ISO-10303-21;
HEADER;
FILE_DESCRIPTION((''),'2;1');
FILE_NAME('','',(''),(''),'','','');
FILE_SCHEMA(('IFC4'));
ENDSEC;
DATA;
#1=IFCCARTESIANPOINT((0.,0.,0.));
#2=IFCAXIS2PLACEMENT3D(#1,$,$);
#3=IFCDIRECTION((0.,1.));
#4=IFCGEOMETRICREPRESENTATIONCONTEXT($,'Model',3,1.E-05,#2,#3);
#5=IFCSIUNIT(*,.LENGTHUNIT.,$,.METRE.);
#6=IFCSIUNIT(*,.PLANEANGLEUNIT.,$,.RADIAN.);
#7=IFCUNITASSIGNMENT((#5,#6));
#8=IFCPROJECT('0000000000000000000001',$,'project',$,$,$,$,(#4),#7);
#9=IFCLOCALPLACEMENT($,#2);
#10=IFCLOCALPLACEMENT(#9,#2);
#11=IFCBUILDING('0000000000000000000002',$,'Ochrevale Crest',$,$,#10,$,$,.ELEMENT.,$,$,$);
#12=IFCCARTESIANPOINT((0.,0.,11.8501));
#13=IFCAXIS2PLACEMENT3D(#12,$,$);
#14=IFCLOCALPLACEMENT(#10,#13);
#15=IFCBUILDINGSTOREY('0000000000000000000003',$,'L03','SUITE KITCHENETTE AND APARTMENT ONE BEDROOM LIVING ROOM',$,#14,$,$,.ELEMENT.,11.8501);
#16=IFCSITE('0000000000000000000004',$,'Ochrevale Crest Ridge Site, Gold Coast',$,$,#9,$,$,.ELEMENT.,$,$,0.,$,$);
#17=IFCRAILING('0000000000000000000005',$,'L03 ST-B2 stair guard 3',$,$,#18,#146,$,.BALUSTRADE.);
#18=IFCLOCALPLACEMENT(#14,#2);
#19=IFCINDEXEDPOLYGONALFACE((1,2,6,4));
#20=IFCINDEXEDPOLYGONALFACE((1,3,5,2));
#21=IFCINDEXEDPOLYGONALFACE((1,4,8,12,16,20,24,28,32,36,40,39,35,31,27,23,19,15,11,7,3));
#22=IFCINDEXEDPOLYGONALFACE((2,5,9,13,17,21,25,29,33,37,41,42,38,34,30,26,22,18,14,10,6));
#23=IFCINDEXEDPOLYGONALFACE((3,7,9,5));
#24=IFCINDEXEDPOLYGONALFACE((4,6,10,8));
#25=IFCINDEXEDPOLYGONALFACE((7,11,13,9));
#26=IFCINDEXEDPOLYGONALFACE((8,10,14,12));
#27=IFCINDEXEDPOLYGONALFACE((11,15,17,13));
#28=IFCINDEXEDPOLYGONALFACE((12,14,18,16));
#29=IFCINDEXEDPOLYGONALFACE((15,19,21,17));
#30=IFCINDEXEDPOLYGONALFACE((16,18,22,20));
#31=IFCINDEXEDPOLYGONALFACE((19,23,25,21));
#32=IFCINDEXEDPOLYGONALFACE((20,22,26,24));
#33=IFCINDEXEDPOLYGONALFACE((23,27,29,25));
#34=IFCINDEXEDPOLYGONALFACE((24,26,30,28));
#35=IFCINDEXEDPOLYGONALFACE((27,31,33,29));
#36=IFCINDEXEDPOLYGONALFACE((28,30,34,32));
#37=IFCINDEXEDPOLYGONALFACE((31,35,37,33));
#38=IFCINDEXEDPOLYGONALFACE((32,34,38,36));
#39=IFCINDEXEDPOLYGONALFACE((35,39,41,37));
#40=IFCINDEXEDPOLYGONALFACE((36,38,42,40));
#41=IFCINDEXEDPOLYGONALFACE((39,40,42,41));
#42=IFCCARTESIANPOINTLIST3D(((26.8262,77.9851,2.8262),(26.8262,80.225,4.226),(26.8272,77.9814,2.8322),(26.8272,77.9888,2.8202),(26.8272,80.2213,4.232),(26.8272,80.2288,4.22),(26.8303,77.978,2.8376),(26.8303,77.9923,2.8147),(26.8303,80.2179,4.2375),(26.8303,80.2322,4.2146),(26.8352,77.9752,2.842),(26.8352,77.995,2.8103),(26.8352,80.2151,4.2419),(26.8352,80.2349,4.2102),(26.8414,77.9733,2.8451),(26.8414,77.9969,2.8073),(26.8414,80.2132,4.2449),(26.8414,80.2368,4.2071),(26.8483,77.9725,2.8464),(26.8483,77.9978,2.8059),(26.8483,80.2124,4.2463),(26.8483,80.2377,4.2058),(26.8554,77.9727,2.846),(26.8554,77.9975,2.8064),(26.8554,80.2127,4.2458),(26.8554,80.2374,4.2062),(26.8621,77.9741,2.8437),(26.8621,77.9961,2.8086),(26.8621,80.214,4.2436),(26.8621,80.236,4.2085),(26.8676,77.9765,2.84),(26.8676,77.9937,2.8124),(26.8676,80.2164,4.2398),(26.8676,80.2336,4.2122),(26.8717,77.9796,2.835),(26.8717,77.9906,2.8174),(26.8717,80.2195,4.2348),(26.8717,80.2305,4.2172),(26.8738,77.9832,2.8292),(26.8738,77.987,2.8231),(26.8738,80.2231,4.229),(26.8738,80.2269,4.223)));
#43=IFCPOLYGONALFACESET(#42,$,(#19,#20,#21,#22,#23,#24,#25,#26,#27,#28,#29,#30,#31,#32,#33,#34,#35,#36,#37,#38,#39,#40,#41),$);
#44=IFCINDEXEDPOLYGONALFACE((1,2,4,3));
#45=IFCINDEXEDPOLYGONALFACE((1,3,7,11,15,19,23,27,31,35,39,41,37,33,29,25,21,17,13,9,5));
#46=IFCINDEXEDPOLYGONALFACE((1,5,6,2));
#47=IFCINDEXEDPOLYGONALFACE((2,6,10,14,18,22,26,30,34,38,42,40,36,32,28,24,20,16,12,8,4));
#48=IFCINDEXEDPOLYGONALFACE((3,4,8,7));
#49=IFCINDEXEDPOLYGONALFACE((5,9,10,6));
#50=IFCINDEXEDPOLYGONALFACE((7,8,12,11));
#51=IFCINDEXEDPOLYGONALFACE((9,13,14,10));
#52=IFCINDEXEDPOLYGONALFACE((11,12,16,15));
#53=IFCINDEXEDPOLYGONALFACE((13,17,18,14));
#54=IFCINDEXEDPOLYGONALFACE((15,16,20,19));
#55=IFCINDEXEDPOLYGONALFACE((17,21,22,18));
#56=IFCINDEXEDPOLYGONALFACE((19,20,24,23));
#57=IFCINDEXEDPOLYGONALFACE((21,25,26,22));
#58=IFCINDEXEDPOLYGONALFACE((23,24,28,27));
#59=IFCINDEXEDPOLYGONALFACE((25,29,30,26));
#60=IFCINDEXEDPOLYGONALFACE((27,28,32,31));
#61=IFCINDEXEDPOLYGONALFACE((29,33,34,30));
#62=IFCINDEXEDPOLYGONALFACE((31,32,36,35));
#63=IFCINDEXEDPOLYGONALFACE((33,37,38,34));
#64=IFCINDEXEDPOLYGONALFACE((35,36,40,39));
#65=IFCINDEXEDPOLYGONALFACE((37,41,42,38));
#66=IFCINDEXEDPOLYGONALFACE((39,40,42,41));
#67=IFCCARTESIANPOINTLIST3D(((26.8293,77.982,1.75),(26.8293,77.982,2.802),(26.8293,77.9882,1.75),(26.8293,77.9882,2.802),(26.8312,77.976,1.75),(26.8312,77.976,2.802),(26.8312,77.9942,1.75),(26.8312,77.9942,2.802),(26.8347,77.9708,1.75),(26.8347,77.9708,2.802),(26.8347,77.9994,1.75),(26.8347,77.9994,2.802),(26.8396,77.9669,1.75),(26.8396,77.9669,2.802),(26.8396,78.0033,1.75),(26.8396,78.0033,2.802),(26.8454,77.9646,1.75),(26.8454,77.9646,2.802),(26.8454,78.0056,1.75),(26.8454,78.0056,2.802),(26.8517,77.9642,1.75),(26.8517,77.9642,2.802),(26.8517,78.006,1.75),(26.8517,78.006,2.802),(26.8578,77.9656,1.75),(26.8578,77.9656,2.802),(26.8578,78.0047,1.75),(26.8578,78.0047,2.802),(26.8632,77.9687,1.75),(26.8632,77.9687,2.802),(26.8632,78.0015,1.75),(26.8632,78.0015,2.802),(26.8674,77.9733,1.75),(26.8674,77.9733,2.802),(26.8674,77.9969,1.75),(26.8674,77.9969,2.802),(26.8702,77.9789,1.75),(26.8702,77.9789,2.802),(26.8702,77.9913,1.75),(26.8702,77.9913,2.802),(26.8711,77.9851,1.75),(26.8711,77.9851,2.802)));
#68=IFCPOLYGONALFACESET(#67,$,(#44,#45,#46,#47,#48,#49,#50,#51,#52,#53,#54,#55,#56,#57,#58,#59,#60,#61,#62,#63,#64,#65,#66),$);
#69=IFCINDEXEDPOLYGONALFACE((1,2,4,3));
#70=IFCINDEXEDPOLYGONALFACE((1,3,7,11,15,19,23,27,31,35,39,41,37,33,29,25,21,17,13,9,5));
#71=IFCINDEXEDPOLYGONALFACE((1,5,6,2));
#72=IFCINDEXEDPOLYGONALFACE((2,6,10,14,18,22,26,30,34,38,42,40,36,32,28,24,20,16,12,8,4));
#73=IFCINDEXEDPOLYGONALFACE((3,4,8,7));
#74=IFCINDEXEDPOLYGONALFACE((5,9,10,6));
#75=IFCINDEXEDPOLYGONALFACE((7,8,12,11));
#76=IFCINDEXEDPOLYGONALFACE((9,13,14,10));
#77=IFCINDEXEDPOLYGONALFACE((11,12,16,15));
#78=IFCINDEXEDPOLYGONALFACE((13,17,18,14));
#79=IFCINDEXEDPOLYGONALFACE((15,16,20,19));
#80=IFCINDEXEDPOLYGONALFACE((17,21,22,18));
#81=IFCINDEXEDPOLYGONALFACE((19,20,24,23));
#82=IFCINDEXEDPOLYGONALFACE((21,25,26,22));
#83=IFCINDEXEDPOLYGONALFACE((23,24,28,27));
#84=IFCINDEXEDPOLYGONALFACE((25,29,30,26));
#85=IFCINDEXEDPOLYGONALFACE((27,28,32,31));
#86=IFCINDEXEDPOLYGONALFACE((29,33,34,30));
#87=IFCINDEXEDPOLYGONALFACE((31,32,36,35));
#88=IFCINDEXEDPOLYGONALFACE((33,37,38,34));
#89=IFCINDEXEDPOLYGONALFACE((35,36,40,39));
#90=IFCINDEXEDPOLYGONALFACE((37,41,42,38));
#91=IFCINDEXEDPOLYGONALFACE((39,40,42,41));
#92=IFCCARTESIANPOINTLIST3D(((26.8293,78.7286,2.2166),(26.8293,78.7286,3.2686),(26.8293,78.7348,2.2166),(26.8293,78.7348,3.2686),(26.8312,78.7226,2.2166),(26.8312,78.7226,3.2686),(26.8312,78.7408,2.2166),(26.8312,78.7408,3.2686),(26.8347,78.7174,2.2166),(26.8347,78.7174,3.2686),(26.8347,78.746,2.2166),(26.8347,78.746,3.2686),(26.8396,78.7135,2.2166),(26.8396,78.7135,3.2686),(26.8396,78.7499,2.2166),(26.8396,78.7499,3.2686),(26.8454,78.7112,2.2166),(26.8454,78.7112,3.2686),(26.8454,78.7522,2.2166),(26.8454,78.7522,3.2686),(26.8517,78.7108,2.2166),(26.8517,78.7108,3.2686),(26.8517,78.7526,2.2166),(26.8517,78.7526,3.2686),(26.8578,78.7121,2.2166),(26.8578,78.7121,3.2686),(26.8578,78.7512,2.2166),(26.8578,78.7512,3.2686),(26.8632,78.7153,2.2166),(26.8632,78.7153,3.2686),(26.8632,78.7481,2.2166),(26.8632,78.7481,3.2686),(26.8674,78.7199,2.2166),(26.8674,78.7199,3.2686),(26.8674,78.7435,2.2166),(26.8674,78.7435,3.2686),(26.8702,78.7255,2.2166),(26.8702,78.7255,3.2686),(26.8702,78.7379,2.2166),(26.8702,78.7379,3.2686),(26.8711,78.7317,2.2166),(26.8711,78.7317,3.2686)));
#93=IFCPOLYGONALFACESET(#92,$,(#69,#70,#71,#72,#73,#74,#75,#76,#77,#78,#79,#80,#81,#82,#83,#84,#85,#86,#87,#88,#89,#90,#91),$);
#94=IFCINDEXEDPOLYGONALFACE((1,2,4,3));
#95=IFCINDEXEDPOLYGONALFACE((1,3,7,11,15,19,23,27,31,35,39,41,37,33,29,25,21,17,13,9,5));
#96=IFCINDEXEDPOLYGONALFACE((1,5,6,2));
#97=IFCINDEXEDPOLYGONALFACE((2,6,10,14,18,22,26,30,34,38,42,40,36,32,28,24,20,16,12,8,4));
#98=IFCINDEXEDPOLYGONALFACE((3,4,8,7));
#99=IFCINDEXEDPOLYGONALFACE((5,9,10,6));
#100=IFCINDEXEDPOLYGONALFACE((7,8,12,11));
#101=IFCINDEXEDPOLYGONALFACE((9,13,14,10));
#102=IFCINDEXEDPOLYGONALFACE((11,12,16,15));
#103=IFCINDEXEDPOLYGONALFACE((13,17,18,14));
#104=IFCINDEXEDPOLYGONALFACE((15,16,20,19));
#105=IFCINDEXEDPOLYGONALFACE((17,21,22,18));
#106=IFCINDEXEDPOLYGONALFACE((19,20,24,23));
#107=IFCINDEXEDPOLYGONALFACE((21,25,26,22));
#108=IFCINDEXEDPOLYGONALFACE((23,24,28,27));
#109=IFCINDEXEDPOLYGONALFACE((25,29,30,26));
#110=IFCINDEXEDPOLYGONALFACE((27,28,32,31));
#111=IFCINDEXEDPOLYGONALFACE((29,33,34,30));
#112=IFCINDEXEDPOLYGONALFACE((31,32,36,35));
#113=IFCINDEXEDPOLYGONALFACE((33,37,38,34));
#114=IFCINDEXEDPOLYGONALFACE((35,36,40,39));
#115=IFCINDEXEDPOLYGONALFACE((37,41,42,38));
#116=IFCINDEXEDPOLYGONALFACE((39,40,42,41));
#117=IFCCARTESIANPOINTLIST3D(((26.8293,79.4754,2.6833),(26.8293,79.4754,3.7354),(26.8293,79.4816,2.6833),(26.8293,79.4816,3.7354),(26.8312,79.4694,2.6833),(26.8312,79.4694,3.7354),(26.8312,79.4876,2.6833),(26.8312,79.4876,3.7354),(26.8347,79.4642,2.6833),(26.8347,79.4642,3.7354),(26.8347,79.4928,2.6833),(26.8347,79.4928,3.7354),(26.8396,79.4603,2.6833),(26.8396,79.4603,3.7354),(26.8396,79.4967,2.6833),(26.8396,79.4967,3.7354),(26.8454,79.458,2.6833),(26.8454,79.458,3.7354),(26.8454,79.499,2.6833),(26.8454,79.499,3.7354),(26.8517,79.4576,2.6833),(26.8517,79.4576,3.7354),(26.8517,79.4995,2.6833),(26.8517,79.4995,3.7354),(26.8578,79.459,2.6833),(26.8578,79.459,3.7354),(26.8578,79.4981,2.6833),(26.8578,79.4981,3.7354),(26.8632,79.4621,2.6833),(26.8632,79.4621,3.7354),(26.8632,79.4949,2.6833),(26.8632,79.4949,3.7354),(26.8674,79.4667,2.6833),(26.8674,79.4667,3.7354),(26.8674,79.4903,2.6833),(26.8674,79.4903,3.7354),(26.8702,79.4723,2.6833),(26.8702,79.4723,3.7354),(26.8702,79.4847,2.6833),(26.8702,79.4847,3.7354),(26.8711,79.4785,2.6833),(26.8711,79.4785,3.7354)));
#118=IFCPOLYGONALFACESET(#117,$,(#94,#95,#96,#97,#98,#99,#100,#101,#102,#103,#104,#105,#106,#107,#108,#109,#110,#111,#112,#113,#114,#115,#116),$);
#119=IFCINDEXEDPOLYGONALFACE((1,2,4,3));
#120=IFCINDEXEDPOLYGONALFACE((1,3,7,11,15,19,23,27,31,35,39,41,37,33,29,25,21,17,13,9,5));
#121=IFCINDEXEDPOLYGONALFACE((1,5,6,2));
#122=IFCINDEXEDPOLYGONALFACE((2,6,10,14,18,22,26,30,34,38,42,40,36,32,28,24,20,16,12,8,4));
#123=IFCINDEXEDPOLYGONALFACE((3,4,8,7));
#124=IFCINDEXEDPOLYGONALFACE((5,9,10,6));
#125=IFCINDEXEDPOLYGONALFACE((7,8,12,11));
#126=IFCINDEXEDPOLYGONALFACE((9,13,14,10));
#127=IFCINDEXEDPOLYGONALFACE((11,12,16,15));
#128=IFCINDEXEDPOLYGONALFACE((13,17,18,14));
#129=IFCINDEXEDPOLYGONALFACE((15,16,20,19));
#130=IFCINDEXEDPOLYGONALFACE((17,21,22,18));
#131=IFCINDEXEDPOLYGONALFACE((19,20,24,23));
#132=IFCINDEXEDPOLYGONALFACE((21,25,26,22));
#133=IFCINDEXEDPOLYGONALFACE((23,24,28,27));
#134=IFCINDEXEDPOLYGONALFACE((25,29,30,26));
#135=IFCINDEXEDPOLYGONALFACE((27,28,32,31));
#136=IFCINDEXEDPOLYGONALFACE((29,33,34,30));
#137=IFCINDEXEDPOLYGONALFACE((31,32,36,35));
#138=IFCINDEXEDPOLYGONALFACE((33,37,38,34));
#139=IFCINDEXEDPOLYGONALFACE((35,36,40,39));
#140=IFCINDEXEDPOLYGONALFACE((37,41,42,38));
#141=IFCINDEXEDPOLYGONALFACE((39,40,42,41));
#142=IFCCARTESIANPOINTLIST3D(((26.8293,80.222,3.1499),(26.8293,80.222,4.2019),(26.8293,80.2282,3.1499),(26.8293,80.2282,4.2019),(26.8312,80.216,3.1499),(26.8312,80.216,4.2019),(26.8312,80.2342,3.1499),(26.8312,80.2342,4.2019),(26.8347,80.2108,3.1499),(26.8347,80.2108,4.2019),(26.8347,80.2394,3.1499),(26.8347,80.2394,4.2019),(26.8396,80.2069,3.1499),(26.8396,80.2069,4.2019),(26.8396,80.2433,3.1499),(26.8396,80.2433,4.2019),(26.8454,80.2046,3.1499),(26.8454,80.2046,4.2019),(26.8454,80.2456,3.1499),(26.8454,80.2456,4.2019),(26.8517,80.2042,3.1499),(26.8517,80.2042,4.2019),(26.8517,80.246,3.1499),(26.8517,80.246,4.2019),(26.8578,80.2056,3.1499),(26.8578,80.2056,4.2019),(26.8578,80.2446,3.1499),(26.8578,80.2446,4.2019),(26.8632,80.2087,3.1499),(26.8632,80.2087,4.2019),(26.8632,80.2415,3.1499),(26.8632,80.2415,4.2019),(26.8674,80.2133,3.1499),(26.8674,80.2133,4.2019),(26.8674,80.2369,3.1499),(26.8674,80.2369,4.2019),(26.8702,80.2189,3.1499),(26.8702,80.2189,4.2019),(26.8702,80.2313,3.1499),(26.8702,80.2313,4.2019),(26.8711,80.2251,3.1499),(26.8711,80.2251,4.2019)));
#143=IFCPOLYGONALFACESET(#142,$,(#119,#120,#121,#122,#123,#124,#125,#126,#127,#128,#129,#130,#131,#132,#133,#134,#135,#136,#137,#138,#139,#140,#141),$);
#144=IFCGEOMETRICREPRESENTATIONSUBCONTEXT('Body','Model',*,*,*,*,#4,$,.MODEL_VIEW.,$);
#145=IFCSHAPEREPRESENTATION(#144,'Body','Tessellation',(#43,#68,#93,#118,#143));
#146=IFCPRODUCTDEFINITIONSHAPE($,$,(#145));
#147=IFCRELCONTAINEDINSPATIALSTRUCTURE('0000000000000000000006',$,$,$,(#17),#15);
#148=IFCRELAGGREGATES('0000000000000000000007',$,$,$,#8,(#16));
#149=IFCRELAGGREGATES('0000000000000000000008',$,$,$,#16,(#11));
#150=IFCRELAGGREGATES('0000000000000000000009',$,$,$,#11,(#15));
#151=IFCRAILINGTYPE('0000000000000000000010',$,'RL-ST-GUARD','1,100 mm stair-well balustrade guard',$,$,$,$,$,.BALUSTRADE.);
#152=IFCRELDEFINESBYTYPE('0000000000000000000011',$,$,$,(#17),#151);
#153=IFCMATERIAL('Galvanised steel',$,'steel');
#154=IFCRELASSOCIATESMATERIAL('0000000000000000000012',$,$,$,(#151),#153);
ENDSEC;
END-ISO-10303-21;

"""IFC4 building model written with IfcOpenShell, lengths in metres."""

from ifc_helpers import new_model, si_unit, direction, frame, origin, origin_2d, place, context, subcontext, project, spatial, circle, extrude, material, type_object, element, save


model = new_model("IFC4")

# Units and contexts
model_context = context("Model", 3, precision=1e-05, world=origin(), true_north=direction((0.0, 1.0)))
body_context = subcontext(model_context, "Body", "Model", "MODEL_VIEW")
ifc_project = project(units=[si_unit("LENGTHUNIT", "METRE"), si_unit("PLANEANGLEUNIT", "RADIAN")], contexts=[model_context])

# Site, building, storey
site_placement = place(None, origin())
site = spatial("IfcSite", under=ifc_project, at=site_placement, Name="Ochrevale Crest Ridge Site, Gold Coast", CompositionType="ELEMENT", RefElevation=0.0)
building_placement = place(site_placement, origin())
building = spatial("IfcBuilding", under=site, at=building_placement, Name="Ochrevale Crest", CompositionType="ELEMENT")
storey_placement = place(building_placement, frame((0.0, 0.0, 11.8501)))
storey = spatial("IfcBuildingStorey", under=building, at=storey_placement, Name="L03", Description="SUITE KITCHENETTE AND APARTMENT ONE BEDROOM LIVING ROOM", CompositionType="ELEMENT", Elevation=11.8501)

# Railing
ifc_material_1 = material(Name="Galvanised steel", Category="steel")
railing_type_1 = type_object("IfcRailingType", Name="RL-ST-GUARD", Description="1,100 mm stair-well balustrade guard", PredefinedType="BALUSTRADE", material=ifc_material_1)
railing_1_placement = place(storey_placement, frame((26.8501, 77.9851, 1.75)))
element("IfcRailing", 1, at=railing_1_placement, inside=storey, type_object=railing_type_1, Name="L03 ST-B2 stair guard 3", PredefinedType="BALUSTRADE", context=body_context, shape_type="SweptSolid", body=[
    extrude(circle(Radius=0.0239, at=origin_2d()), frame((0.0, 0.0, 1.0762), z_axis=(0.0, 0.848014, 0.529974), x_axis=(-1.0, 0.0, 0.0)), (0.0, 0.0, 1.0), 2.6414),
    extrude(circle(Radius=0.021, at=origin_2d()), origin(), (0.0, 0.0, 1.0), 1.052),
    extrude(circle(Radius=0.021, at=origin_2d()), frame((0.0, 0.7466, 0.4666)), (0.0, 0.0, 1.0), 1.052),
    extrude(circle(Radius=0.021, at=origin_2d()), frame((0.0, 1.4934, 0.9333)), (0.0, 0.0, 1.0), 1.052),
    extrude(circle(Radius=0.021, at=origin_2d()), frame((0.0, 2.24, 1.3999)), (0.0, 0.0, 1.0), 1.052),
])

save(model, "model.ifc")
